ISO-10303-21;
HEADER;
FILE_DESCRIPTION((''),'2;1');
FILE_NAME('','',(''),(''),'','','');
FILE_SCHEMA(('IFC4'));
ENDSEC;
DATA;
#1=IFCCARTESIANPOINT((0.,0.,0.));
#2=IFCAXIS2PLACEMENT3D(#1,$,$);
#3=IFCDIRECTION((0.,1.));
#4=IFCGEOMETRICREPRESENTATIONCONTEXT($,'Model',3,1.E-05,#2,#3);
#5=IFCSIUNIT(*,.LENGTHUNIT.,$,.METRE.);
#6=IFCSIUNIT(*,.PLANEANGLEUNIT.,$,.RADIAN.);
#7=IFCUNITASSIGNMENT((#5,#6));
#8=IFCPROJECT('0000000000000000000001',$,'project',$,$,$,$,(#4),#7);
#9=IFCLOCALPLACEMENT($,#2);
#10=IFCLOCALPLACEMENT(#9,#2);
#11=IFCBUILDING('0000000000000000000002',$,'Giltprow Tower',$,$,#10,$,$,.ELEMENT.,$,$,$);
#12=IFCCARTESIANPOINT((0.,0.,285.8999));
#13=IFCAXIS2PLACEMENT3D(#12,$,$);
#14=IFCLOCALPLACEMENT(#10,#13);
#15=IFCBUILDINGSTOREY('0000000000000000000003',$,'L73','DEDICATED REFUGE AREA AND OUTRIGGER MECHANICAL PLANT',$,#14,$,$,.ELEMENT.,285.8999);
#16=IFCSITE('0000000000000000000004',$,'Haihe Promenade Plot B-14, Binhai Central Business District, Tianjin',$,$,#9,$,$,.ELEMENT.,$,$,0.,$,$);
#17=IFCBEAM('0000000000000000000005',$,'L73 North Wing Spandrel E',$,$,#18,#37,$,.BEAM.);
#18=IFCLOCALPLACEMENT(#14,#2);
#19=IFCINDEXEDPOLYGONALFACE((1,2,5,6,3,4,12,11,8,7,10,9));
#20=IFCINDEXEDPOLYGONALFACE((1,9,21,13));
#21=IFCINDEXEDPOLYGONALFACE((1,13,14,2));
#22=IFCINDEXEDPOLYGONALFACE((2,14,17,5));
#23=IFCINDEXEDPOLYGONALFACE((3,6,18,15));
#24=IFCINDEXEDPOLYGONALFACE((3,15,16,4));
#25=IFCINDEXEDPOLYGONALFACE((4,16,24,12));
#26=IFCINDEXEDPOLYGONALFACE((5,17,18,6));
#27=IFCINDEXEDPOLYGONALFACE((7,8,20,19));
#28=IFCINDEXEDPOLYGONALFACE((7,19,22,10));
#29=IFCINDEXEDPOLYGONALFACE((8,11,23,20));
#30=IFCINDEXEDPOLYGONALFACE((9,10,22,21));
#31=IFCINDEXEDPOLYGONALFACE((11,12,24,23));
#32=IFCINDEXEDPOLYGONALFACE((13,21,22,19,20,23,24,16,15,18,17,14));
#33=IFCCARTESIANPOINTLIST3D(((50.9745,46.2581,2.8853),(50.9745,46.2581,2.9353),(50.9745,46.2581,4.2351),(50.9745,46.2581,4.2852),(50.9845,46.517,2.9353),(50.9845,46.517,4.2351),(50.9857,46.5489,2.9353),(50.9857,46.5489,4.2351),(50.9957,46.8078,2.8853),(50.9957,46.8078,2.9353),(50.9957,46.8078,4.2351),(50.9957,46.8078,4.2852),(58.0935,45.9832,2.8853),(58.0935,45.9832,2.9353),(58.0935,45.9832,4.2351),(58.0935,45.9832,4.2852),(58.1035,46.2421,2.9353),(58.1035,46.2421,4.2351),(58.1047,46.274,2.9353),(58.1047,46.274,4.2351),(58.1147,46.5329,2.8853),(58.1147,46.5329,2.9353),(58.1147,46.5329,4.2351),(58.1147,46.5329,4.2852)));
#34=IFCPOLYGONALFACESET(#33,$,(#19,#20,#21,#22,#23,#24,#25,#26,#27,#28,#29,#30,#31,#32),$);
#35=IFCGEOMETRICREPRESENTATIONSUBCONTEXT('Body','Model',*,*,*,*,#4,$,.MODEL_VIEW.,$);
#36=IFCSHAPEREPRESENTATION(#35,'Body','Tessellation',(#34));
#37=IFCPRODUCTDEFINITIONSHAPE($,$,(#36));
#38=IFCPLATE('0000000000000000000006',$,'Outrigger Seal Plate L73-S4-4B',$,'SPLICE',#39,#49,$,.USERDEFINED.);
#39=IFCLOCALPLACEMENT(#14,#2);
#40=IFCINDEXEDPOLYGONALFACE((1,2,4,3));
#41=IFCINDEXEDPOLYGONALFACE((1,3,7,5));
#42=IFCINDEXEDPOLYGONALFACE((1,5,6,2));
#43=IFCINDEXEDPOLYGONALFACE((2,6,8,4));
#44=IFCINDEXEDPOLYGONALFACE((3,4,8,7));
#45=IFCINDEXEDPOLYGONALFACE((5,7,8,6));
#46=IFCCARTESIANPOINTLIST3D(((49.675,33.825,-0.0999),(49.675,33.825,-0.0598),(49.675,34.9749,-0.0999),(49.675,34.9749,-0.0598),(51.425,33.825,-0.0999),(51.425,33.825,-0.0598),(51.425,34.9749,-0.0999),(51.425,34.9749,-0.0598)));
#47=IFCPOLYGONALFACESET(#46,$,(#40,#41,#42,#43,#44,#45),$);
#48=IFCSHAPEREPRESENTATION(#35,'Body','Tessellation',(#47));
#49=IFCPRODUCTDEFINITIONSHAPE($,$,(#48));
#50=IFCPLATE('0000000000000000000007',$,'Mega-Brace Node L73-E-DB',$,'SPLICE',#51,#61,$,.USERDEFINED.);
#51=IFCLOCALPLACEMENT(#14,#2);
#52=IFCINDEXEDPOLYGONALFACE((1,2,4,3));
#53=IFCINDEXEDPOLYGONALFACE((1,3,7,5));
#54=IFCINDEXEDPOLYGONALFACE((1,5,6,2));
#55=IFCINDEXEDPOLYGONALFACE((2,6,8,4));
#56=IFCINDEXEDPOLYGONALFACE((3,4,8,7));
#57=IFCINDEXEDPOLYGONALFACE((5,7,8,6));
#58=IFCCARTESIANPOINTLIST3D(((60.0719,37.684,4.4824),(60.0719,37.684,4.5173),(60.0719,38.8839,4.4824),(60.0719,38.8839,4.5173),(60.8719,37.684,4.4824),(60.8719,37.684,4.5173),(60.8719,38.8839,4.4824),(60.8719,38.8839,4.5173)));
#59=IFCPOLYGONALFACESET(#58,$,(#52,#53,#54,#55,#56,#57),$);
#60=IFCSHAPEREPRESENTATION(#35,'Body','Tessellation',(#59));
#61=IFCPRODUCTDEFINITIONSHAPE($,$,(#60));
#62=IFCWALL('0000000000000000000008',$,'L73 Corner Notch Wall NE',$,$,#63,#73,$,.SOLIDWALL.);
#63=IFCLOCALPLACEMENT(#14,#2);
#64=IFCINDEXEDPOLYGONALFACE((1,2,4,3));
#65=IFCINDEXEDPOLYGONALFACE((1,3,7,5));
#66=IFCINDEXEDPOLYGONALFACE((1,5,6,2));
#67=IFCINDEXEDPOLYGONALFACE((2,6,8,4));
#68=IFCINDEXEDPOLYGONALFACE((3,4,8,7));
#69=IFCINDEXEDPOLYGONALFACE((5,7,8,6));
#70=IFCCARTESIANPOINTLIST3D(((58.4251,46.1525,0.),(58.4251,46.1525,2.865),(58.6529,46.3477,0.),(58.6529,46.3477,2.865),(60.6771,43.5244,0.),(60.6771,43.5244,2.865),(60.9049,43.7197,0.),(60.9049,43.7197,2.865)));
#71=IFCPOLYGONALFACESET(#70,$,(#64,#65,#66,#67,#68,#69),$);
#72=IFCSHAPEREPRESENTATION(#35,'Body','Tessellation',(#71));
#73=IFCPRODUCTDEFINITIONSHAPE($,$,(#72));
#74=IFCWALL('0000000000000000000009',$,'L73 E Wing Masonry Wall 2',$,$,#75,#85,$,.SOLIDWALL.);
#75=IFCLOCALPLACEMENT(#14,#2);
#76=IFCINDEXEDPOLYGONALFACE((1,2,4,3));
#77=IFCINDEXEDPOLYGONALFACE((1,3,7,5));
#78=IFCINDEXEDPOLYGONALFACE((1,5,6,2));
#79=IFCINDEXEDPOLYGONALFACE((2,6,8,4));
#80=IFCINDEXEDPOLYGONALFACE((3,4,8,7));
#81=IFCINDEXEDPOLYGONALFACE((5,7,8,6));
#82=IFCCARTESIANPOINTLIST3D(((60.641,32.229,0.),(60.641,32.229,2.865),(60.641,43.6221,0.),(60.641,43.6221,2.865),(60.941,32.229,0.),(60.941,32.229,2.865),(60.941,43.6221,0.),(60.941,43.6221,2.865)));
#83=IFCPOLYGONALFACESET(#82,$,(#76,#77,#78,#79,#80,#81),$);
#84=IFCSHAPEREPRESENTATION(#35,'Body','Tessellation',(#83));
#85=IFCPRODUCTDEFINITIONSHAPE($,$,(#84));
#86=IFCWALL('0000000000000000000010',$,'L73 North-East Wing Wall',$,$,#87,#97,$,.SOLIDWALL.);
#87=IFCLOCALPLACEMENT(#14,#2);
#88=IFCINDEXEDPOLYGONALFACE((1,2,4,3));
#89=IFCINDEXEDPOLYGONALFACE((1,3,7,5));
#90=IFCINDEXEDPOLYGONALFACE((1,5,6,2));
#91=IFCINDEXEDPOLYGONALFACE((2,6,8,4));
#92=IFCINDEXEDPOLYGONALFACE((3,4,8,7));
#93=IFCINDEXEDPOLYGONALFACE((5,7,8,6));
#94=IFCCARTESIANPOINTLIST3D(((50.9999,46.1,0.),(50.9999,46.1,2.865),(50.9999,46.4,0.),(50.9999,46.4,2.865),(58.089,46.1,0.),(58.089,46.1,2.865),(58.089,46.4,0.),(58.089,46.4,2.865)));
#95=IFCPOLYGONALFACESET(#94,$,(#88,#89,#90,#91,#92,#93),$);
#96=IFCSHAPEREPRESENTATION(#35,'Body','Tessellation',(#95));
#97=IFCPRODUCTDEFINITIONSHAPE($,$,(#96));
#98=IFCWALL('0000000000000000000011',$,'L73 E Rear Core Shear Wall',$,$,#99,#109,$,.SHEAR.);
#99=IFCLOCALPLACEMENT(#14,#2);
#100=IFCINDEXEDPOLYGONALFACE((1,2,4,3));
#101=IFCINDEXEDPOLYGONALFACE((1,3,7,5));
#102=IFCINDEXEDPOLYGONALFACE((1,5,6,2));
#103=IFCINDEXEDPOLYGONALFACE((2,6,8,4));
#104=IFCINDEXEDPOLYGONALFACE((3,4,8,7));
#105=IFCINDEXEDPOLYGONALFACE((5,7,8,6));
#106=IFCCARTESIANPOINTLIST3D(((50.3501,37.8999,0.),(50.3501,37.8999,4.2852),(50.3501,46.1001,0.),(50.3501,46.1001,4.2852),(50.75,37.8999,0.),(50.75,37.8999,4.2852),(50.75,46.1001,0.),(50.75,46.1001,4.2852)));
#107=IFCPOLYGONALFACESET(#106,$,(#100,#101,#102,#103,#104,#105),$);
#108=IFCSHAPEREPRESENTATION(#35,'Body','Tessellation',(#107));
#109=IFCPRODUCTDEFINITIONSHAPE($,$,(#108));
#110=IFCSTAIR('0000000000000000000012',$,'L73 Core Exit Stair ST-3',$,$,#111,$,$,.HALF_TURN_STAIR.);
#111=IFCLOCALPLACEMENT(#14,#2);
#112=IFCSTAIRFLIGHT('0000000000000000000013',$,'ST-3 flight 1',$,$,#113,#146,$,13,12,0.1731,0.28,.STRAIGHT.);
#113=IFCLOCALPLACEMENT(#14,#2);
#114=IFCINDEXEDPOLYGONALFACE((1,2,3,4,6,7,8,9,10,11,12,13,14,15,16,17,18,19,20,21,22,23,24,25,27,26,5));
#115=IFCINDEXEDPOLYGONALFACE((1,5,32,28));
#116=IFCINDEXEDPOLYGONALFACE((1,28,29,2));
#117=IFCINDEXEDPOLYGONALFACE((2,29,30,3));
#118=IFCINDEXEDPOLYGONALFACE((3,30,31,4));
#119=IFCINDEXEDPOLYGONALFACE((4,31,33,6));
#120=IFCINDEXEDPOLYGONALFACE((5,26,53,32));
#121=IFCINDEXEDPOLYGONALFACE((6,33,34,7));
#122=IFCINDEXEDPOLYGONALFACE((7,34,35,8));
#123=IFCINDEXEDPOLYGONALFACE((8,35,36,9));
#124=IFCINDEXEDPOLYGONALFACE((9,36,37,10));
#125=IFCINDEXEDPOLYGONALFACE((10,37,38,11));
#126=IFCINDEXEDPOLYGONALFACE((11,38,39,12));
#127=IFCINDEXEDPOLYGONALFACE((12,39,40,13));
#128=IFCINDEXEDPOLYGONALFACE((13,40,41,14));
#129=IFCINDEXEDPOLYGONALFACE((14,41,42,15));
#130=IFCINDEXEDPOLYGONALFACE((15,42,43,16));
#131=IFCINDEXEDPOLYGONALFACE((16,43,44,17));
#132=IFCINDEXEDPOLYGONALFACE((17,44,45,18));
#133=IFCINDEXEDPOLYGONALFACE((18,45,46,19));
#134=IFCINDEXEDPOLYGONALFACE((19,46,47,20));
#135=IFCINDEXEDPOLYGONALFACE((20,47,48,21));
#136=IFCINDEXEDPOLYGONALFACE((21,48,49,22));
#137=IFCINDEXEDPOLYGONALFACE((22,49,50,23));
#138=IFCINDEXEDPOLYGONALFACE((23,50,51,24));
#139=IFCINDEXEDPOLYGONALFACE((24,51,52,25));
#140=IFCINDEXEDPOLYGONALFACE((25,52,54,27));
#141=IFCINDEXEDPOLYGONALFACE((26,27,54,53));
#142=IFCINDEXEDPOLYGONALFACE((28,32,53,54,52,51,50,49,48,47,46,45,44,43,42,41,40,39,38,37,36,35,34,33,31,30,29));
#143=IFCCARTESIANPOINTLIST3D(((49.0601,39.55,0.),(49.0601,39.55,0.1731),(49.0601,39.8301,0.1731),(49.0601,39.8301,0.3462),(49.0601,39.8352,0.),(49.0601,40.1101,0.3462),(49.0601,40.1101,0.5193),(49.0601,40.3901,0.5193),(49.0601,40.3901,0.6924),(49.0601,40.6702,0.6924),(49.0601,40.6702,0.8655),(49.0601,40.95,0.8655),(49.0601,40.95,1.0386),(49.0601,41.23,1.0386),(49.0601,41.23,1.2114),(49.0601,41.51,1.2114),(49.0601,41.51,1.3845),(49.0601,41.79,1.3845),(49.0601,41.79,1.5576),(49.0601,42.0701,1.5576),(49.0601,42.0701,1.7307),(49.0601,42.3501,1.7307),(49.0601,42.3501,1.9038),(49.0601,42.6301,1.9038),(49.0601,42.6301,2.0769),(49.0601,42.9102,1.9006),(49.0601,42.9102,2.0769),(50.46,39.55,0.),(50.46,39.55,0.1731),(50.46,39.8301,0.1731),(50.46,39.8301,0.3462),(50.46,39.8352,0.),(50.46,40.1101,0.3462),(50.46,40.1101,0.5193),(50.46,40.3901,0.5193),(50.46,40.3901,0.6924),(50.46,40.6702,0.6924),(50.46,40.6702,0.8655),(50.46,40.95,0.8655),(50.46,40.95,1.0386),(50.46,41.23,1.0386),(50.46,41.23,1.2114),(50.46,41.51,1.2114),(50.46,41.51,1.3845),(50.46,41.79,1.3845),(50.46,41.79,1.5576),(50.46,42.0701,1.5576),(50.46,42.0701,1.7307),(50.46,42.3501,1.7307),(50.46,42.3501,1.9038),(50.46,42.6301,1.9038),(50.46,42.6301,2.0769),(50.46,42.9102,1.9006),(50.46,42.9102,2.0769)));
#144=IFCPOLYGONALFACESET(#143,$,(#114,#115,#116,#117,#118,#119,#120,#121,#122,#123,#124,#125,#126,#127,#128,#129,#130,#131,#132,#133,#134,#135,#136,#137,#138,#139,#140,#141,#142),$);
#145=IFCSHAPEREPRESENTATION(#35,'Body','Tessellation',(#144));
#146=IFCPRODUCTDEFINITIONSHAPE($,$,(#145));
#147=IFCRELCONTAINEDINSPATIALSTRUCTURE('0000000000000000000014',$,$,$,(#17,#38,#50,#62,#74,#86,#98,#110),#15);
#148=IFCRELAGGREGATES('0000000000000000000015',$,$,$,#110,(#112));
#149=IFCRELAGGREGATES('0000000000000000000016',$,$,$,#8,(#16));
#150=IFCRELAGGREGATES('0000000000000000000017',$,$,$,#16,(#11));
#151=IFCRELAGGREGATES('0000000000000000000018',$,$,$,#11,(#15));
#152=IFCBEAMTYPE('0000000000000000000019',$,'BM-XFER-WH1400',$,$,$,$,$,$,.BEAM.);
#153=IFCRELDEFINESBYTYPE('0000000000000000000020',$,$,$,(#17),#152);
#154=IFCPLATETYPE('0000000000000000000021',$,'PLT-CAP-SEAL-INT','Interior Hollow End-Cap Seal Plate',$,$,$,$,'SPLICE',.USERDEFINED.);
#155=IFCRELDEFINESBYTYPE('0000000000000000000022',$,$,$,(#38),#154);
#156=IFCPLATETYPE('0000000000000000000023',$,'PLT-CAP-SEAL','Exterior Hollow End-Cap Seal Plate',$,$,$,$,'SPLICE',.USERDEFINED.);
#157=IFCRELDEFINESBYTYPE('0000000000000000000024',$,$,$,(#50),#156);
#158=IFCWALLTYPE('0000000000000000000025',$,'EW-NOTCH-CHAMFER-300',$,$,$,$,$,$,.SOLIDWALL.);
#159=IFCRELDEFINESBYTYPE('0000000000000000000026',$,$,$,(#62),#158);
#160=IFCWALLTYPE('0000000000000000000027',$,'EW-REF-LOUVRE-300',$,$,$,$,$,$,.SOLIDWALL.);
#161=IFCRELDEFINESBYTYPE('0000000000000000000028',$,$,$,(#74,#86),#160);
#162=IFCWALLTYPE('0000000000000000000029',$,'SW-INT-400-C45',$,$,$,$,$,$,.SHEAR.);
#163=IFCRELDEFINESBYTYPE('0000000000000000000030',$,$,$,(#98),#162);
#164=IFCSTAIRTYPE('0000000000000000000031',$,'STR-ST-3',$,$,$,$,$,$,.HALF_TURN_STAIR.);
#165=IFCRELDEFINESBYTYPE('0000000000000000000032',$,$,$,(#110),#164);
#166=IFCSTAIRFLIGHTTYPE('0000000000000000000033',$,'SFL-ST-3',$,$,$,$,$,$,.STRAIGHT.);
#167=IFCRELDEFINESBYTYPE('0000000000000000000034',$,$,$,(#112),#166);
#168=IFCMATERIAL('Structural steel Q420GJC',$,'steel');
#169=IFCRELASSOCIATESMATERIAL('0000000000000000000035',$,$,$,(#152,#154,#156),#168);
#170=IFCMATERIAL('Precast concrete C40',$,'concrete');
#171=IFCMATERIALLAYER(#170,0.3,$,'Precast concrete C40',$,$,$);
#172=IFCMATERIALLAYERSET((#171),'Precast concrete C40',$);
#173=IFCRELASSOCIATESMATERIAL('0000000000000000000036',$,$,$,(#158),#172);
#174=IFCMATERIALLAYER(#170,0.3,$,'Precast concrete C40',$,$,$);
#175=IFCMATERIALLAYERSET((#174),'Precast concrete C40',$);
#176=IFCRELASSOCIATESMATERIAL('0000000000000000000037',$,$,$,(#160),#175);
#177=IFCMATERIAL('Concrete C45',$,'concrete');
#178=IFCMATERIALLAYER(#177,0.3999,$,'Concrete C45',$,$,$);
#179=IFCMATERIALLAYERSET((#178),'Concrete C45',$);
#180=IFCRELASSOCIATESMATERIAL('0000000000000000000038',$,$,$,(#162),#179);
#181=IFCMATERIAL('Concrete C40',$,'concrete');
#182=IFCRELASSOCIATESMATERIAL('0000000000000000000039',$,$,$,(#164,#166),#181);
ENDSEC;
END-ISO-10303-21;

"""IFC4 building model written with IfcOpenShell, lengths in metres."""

from ifc_helpers import new_model, si_unit, direction, frame, frame_2d, origin, origin_2d, place, context, subcontext, project, spatial, polyline, rectangle, i_section, outline, extrude, source, transform, mapped, material, layer, layer_set, material_profile, profile_set, type_object, element, aggregate, save


model = new_model("IFC4")

# Units and contexts
model_context = context("Model", 3, precision=1e-05, world=origin(), true_north=direction((0.0, 1.0)))
body_context = subcontext(model_context, "Body", "Model", "MODEL_VIEW")
ifc_project = project(units=[si_unit("LENGTHUNIT", "METRE"), si_unit("PLANEANGLEUNIT", "RADIAN")], contexts=[model_context])

# Site, building, storey
site_placement = place(None, origin())
site = spatial("IfcSite", under=ifc_project, at=site_placement, Name="Haihe Promenade Plot B-14, Binhai Central Business District, Tianjin", CompositionType="ELEMENT", RefElevation=0.0)
building_placement = place(site_placement, origin())
building = spatial("IfcBuilding", under=site, at=building_placement, Name="Giltprow Tower", CompositionType="ELEMENT")
storey_placement = place(building_placement, frame((0.0, 0.0, 285.8999)))
storey = spatial("IfcBuildingStorey", under=building, at=storey_placement, Name="L73", Description="DEDICATED REFUGE AREA AND OUTRIGGER MECHANICAL PLANT", CompositionType="ELEMENT", Elevation=285.8999)

# Shared definitions
ifc_material_1 = material(Name="Concrete C45", Category="concrete")
ifc_material_2 = material(Name="Structural steel Q420GJC", Category="steel")

# Beam
ifc_material_profile_1 = material_profile(ifc_material_2, i_section(OverallWidth=0.55, OverallDepth=1.3999, WebThickness=0.032, FlangeThickness=0.05, at=origin_2d()), Name="WH 1400x550x32x50")
ifc_profile_set_1 = profile_set([ifc_material_profile_1], Name="Structural steel Q420GJC")
beam_type_1 = type_object("IfcBeamType", Name="BM-XFER-WH1400", PredefinedType="BEAM", material=ifc_profile_set_1)
shared_shape_1 = source(origin(), body_context, "Body", "SweptSolid", [
    extrude(i_section(OverallWidth=0.55, OverallDepth=1.3999, WebThickness=0.032, FlangeThickness=0.05, at=origin_2d()), origin(), (0.0, 0.0, 1.0), 7.1243),
])
beam_1_placement = place(storey_placement, frame((50.9851, 46.533, 3.5852), z_axis=(0.999255, -0.038587, 0.0), x_axis=(0.038587, 0.999255, 0.0)))
element("IfcBeam", 1, at=beam_1_placement, inside=storey, type_object=beam_type_1, Name="L73 North Wing Spandrel E", PredefinedType="BEAM", context=body_context, shape_type="MappedRepresentation", body=[
    mapped(shared_shape_1, transform((0.0, 0.0, 0.0), x_axis=(1.0, 0.0, 0.0), y_axis=(0.0, 1.0, 0.0), z_axis=(0.0, 0.0, 1.0), scale=1.0)),
])

# Plates
plate_type_1 = type_object("IfcPlateType", Name="PLT-CAP-SEAL-INT", Description="Interior Hollow End-Cap Seal Plate", ElementType="SPLICE", PredefinedType="USERDEFINED", material=ifc_material_2)
shared_shape_2 = source(origin(), body_context, "Body", "SweptSolid", [
    extrude(rectangle(XDim=1.75, YDim=1.1499, at=origin_2d()), origin(), (0.0, 0.0, 1.0), 0.04),
])
plate_1_placement = place(storey_placement, frame((50.55, 34.3999, -0.0999), z_axis=(0.0, 0.0, 1.0), x_axis=(1.0, 0.0, 0.0)))
element("IfcPlate", 2, at=plate_1_placement, inside=storey, type_object=plate_type_1, Name="Outrigger Seal Plate L73-S4-4B", ObjectType="SPLICE", PredefinedType="USERDEFINED", context=body_context, shape_type="MappedRepresentation", body=[
    mapped(shared_shape_2, transform((0.0, 0.0, 0.0), x_axis=(1.0, 0.0, 0.0), y_axis=(0.0, 1.0, 0.0), z_axis=(0.0, 0.0, 1.0), scale=1.0)),
])
plate_type_2 = type_object("IfcPlateType", Name="PLT-CAP-SEAL", Description="Exterior Hollow End-Cap Seal Plate", ElementType="SPLICE", PredefinedType="USERDEFINED", material=ifc_material_2)
shared_shape_3 = source(origin(), body_context, "Body", "SweptSolid", [
    extrude(rectangle(XDim=1.2, YDim=0.8, at=origin_2d()), origin(), (0.0, 0.0, 1.0), 0.0349),
])
plate_2_placement = place(storey_placement, frame((60.4719, 38.2839, 4.4824), z_axis=(0.0, 0.0, 1.0), x_axis=(0.0, 1.0, 0.0)))
element("IfcPlate", 3, at=plate_2_placement, inside=storey, type_object=plate_type_2, Name="Mega-Brace Node L73-E-DB", ObjectType="SPLICE", PredefinedType="USERDEFINED", context=body_context, shape_type="MappedRepresentation", body=[
    mapped(shared_shape_3, transform((0.0, 0.0, 0.0), x_axis=(1.0, 0.0, 0.0), y_axis=(0.0, 1.0, 0.0), z_axis=(0.0, 0.0, 1.0), scale=1.0)),
])

# Walls
ifc_material_3 = material(Name="Precast concrete C40", Category="concrete")
ifc_layer_1 = layer(ifc_material_3, 0.3, Name="Precast concrete C40")
ifc_layer_set_1 = layer_set([ifc_layer_1], Name="Precast concrete C40")
wall_type_1 = type_object("IfcWallType", Name="EW-NOTCH-CHAMFER-300", PredefinedType="SOLIDWALL", material=ifc_layer_set_1)
wall_1_placement = place(storey_placement, frame((60.791, 43.6221, 0.0), z_axis=(0.0, 0.0, 1.0), x_axis=(-0.650698, 0.759336, 0.0)))
element("IfcWall", 4, at=wall_1_placement, inside=storey, type_object=wall_type_1, Name="L73 Corner Notch Wall NE", PredefinedType="SOLIDWALL", context=body_context, shape_type="SweptSolid", body=[
    extrude(rectangle(XDim=3.4609, YDim=0.3, at=frame_2d((1.7305, 0.0))), origin(), (0.0, 0.0, 1.0), 2.865),
])
ifc_layer_2 = layer(ifc_material_3, 0.3, Name="Precast concrete C40")
ifc_layer_set_2 = layer_set([ifc_layer_2], Name="Precast concrete C40")
wall_type_2 = type_object("IfcWallType", Name="EW-REF-LOUVRE-300", PredefinedType="SOLIDWALL", material=ifc_layer_set_2)
wall_2_placement = place(storey_placement, frame((60.791, 32.229, 0.0), z_axis=(0.0, 0.0, 1.0), x_axis=(0.0, 1.0, 0.0)))
element("IfcWall", 5, at=wall_2_placement, inside=storey, type_object=wall_type_2, Name="L73 E Wing Masonry Wall 2", PredefinedType="SOLIDWALL", context=body_context, shape_type="SweptSolid", body=[
    extrude(rectangle(XDim=11.3931, YDim=0.3, at=frame_2d((5.6965, 0.0))), origin(), (0.0, 0.0, 1.0), 2.865),
])
wall_3_placement = place(storey_placement, frame((51.0, 46.25, 0.0), z_axis=(0.0, 0.0, 1.0), x_axis=(1.0, 0.0, 0.0)))
element("IfcWall", 6, at=wall_3_placement, inside=storey, type_object=wall_type_2, Name="L73 North-East Wing Wall", PredefinedType="SOLIDWALL", context=body_context, shape_type="SweptSolid", body=[
    extrude(rectangle(XDim=7.0891, YDim=0.3, at=frame_2d((3.5444, 0.0))), origin(), (0.0, 0.0, 1.0), 2.865),
])
ifc_layer_3 = layer(ifc_material_1, 0.3999, Name="Concrete C45")
ifc_layer_set_3 = layer_set([ifc_layer_3], Name="Concrete C45")
wall_type_3 = type_object("IfcWallType", Name="SW-INT-400-C45", PredefinedType="SHEAR", material=ifc_layer_set_3)
wall_4_placement = place(storey_placement, frame((50.55, 37.8999, 0.0), z_axis=(0.0, 0.0, 1.0), x_axis=(0.0, 1.0, 0.0)))
element("IfcWall", 7, at=wall_4_placement, inside=storey, type_object=wall_type_3, Name="L73 E Rear Core Shear Wall", PredefinedType="SHEAR", context=body_context, shape_type="SweptSolid", body=[
    extrude(rectangle(XDim=8.2002, YDim=0.3999, at=frame_2d((4.1001, 0.0))), origin(), (0.0, 0.0, 1.0), 4.2852),
])

# Stair, stair flight
ifc_material_4 = material(Name="Concrete C40", Category="concrete")
stair_type = type_object("IfcStairType", Name="STR-ST-3", PredefinedType="HALF_TURN_STAIR", material=ifc_material_4)
stair_placement = place(storey_placement, origin())
stair = element("IfcStair", 8, at=stair_placement, inside=storey, type_object=stair_type, Name="L73 Core Exit Stair ST-3", PredefinedType="HALF_TURN_STAIR")
stair_flight_type = type_object("IfcStairFlightType", Name="SFL-ST-3", PredefinedType="STRAIGHT", material=ifc_material_4)
stair_flight_placement = place(storey_placement, frame((49.76, 39.55, 0.0), z_axis=(0.0, 0.0, 1.0), x_axis=(0.0, 1.0, 0.0)))
stair_flight = element("IfcStairFlight", 9, at=stair_flight_placement, type_object=stair_flight_type, Name="ST-3 flight 1", NumberOfRisers=13, NumberOfTreads=12, PredefinedType="STRAIGHT", RiserHeight=0.1731, TreadLength=0.28, context=body_context, shape_type="SweptSolid", body=[
    extrude(outline(polyline([(0.0, 0.0), (0.0, 0.1731), (0.28, 0.1731), (0.28, 0.3462), (0.5601, 0.3462), (0.5601, 0.5193), (0.8401, 0.5193), (0.8401, 0.6924), (1.1201, 0.6924), (1.1201, 0.8655), (1.3999, 0.8655), (1.3999, 1.0386), (1.6799, 1.0386), (1.6799, 1.2114), (1.96, 1.2114), (1.96, 1.3845), (2.24, 1.3845), (2.24, 1.5576), (2.52, 1.5576), (2.52, 1.7307), (2.8, 1.7307), (2.8, 1.9038), (3.0801, 1.9038), (3.0801, 2.0769), (3.3601, 2.0769), (3.3601, 2.25), (3.3601, 1.9006), (0.2852, 0.0), (0.0, 0.0)])), frame((0.0, 0.7, 0.0), z_axis=(0.0, -1.0, 0.0), x_axis=(1.0, 0.0, 0.0)), (0.0, 0.0, 1.0), 1.3999),
])
aggregate(stair, [stair_flight])

save(model, "model.ifc")
